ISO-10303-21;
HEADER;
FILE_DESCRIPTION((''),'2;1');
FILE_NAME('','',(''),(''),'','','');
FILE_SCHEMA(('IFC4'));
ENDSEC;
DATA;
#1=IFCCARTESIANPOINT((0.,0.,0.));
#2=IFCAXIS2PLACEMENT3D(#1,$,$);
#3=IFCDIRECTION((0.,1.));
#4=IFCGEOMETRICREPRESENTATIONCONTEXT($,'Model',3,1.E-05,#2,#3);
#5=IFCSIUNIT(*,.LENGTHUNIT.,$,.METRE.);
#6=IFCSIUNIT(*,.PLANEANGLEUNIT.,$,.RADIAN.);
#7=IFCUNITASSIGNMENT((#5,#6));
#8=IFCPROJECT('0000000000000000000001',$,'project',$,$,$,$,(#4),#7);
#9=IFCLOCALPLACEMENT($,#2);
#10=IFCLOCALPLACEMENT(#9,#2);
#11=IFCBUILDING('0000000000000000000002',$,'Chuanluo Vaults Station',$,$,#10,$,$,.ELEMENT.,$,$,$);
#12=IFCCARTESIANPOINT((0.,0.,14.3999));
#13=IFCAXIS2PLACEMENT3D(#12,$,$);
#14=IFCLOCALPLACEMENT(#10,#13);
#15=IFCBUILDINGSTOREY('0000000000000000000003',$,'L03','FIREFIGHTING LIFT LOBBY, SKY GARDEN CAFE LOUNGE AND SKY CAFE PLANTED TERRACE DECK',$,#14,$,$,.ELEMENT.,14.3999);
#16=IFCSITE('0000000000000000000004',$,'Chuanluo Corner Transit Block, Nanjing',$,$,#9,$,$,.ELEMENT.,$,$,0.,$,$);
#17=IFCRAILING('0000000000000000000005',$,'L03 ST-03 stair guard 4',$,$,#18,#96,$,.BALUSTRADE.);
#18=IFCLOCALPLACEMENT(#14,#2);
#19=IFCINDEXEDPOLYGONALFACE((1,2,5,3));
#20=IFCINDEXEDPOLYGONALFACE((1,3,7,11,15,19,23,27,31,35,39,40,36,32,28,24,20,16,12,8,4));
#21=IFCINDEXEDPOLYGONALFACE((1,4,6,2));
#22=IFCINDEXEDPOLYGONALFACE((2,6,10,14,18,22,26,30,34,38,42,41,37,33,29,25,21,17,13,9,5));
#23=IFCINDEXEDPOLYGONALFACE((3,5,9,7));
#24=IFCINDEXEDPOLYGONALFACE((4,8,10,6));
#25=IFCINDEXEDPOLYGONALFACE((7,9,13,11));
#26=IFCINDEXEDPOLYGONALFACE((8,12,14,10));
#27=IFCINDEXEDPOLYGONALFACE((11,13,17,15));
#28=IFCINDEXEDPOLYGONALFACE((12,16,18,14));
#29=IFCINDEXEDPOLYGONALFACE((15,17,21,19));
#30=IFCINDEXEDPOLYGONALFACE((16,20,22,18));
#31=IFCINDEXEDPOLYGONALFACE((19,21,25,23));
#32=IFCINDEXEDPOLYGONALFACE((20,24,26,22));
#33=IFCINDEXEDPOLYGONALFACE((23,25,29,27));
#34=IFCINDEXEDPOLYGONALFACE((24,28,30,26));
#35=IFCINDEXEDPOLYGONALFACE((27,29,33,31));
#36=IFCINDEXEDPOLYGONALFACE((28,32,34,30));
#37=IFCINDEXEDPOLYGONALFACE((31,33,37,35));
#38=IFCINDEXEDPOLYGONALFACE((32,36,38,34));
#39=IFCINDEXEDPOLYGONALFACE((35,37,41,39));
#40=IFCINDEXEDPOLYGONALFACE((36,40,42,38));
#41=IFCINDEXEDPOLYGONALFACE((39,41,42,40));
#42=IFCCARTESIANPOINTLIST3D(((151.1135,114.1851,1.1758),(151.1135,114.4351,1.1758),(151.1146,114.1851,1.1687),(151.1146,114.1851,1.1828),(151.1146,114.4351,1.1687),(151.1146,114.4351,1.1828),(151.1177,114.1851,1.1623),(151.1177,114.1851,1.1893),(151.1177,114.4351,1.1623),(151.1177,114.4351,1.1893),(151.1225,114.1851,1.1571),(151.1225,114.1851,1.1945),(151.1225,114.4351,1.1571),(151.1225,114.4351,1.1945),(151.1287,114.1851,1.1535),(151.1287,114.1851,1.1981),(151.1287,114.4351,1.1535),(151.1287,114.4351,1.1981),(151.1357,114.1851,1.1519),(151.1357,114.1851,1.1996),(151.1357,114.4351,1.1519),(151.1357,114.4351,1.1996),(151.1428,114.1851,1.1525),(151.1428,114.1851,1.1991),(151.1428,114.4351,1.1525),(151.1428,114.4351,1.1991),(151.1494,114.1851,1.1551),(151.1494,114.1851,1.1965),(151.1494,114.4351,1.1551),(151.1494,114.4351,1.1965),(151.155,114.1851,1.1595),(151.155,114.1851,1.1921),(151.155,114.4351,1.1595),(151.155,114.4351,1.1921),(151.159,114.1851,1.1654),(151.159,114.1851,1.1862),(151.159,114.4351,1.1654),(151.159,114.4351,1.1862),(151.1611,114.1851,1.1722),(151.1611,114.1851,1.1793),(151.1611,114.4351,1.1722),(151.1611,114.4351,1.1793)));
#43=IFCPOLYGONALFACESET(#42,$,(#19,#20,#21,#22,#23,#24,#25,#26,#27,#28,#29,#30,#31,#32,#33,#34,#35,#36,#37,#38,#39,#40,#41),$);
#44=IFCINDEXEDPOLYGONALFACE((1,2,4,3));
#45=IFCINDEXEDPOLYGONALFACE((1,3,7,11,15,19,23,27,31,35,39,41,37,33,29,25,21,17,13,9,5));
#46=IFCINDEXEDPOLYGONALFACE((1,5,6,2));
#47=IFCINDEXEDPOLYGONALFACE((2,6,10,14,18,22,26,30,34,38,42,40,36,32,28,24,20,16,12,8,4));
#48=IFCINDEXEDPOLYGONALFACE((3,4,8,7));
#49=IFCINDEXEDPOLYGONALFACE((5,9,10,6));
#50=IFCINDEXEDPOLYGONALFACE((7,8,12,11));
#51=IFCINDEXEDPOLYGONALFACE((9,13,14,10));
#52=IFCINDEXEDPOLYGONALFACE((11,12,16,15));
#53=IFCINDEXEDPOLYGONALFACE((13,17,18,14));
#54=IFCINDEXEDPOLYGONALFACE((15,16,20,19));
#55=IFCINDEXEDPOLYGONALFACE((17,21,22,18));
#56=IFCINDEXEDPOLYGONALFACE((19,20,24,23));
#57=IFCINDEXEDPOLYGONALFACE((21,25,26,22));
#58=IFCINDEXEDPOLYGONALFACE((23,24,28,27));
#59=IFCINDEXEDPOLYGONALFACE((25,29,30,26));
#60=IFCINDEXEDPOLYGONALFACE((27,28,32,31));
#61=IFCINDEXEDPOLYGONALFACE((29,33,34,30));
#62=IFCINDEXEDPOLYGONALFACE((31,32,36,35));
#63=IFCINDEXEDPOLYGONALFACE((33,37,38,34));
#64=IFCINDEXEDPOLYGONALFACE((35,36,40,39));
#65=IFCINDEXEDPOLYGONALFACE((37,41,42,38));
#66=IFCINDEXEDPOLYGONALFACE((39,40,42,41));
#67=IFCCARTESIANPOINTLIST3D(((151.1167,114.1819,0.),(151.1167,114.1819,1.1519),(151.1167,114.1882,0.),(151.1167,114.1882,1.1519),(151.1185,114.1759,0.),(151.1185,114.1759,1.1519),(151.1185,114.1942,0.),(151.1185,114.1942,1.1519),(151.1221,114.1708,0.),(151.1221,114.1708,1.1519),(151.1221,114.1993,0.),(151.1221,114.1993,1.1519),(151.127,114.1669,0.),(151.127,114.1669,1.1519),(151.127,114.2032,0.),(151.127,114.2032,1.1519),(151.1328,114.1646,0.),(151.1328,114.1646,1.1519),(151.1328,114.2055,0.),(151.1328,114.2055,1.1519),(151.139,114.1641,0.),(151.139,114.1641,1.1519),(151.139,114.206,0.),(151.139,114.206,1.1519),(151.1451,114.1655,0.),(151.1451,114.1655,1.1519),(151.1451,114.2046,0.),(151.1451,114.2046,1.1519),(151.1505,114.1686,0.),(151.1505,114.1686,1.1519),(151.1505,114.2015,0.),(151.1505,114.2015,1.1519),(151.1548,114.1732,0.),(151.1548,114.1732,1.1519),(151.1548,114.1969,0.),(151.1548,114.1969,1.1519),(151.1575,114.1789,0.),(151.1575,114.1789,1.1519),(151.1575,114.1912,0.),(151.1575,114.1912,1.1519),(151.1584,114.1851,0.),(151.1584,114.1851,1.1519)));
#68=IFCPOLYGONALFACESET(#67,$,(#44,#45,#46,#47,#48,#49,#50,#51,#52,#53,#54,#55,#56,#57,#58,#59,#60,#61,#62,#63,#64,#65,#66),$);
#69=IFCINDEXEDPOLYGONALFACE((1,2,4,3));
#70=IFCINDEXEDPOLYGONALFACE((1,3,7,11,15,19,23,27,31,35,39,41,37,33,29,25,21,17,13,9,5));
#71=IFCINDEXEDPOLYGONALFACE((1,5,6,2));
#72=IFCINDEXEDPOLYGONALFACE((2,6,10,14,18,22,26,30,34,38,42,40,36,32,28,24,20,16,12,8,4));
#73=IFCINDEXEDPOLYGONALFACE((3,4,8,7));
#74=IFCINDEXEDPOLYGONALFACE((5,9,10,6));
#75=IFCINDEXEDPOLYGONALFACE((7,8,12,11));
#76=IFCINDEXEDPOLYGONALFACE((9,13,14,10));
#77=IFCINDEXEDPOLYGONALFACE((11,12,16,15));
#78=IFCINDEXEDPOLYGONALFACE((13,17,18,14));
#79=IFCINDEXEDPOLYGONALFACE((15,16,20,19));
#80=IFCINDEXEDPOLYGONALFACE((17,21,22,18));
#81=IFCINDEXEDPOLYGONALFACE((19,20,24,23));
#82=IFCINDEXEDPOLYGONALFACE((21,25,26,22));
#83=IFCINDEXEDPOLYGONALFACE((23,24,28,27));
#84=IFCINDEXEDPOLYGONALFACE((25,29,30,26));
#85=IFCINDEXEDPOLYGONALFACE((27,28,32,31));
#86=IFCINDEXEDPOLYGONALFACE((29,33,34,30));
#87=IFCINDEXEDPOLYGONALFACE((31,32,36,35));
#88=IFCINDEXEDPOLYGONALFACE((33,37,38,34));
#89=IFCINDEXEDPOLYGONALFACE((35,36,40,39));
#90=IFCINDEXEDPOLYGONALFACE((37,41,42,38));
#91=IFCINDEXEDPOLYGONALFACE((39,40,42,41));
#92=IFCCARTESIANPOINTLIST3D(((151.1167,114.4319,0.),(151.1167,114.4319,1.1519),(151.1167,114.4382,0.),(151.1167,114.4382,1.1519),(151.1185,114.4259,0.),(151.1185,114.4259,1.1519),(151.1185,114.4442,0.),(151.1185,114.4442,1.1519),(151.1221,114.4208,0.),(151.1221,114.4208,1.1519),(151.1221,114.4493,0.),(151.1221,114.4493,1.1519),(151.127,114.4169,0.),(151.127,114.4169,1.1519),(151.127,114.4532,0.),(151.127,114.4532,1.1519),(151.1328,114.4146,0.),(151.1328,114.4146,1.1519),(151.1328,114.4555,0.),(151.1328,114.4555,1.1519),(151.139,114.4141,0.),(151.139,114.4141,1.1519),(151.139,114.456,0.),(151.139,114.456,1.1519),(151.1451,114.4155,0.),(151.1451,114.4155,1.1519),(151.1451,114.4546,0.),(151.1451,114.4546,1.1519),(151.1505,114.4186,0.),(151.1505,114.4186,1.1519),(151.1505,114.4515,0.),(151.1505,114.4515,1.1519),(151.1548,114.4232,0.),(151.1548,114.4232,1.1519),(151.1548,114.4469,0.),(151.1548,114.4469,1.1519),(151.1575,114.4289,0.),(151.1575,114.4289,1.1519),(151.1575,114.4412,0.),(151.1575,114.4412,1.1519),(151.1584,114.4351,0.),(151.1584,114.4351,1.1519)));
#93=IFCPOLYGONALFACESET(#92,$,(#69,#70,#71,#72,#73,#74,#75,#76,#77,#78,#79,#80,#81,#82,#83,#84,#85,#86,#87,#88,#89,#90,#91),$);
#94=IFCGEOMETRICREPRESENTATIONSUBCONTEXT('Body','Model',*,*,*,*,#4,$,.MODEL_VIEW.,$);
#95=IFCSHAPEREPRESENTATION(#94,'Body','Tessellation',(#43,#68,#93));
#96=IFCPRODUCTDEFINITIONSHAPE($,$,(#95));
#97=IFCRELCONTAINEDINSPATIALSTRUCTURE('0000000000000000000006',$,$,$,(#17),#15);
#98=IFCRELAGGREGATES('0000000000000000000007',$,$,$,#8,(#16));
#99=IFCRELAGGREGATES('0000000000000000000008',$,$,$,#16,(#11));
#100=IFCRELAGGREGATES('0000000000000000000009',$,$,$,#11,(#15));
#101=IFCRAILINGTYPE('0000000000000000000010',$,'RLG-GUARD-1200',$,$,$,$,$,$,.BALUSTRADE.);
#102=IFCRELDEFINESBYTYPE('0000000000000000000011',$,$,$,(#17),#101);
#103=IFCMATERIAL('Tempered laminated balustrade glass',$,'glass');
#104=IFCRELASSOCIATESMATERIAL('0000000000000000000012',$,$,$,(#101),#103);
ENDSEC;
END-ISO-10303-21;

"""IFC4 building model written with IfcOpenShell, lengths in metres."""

from ifc_helpers import new_model, si_unit, direction, frame, origin, origin_2d, place, context, subcontext, project, spatial, circle, extrude, material, type_object, element, save


model = new_model("IFC4")

# Units and contexts
model_context = context("Model", 3, precision=1e-05, world=origin(), true_north=direction((0.0, 1.0)))
body_context = subcontext(model_context, "Body", "Model", "MODEL_VIEW")
ifc_project = project(units=[si_unit("LENGTHUNIT", "METRE"), si_unit("PLANEANGLEUNIT", "RADIAN")], contexts=[model_context])

# Site, building, storey
site_placement = place(None, origin())
site = spatial("IfcSite", under=ifc_project, at=site_placement, Name="Chuanluo Corner Transit Block, Nanjing", CompositionType="ELEMENT", RefElevation=0.0)
building_placement = place(site_placement, origin())
building = spatial("IfcBuilding", under=site, at=building_placement, Name="Chuanluo Vaults Station", CompositionType="ELEMENT")
storey_placement = place(building_placement, frame((0.0, 0.0, 14.3999)))
storey = spatial("IfcBuildingStorey", under=building, at=storey_placement, Name="L03", Description="FIREFIGHTING LIFT LOBBY, SKY GARDEN CAFE LOUNGE AND SKY CAFE PLANTED TERRACE DECK", CompositionType="ELEMENT", Elevation=14.3999)

# Railing
ifc_material_1 = material(Name="Tempered laminated balustrade glass", Category="glass")
railing_type_1 = type_object("IfcRailingType", Name="RLG-GUARD-1200", PredefinedType="BALUSTRADE", material=ifc_material_1)
railing_1_placement = place(storey_placement, frame((151.1375, 114.1851, 0.0)))
element("IfcRailing", 1, at=railing_1_placement, inside=storey, type_object=railing_type_1, Name="L03 ST-03 stair guard 4", PredefinedType="BALUSTRADE", context=body_context, shape_type="SweptSolid", body=[
    extrude(circle(Radius=0.0239, at=origin_2d()), frame((0.0, 0.0, 1.1758), z_axis=(0.0, 1.0, 0.0), x_axis=(-1.0, 0.0, 0.0)), (0.0, 0.0, 1.0), 0.25),
    extrude(circle(Radius=0.021, at=origin_2d()), origin(), (0.0, 0.0, 1.0), 1.1519),
    extrude(circle(Radius=0.021, at=origin_2d()), frame((0.0, 0.25, 0.0)), (0.0, 0.0, 1.0), 1.1519),
])

save(model, "model.ifc")
